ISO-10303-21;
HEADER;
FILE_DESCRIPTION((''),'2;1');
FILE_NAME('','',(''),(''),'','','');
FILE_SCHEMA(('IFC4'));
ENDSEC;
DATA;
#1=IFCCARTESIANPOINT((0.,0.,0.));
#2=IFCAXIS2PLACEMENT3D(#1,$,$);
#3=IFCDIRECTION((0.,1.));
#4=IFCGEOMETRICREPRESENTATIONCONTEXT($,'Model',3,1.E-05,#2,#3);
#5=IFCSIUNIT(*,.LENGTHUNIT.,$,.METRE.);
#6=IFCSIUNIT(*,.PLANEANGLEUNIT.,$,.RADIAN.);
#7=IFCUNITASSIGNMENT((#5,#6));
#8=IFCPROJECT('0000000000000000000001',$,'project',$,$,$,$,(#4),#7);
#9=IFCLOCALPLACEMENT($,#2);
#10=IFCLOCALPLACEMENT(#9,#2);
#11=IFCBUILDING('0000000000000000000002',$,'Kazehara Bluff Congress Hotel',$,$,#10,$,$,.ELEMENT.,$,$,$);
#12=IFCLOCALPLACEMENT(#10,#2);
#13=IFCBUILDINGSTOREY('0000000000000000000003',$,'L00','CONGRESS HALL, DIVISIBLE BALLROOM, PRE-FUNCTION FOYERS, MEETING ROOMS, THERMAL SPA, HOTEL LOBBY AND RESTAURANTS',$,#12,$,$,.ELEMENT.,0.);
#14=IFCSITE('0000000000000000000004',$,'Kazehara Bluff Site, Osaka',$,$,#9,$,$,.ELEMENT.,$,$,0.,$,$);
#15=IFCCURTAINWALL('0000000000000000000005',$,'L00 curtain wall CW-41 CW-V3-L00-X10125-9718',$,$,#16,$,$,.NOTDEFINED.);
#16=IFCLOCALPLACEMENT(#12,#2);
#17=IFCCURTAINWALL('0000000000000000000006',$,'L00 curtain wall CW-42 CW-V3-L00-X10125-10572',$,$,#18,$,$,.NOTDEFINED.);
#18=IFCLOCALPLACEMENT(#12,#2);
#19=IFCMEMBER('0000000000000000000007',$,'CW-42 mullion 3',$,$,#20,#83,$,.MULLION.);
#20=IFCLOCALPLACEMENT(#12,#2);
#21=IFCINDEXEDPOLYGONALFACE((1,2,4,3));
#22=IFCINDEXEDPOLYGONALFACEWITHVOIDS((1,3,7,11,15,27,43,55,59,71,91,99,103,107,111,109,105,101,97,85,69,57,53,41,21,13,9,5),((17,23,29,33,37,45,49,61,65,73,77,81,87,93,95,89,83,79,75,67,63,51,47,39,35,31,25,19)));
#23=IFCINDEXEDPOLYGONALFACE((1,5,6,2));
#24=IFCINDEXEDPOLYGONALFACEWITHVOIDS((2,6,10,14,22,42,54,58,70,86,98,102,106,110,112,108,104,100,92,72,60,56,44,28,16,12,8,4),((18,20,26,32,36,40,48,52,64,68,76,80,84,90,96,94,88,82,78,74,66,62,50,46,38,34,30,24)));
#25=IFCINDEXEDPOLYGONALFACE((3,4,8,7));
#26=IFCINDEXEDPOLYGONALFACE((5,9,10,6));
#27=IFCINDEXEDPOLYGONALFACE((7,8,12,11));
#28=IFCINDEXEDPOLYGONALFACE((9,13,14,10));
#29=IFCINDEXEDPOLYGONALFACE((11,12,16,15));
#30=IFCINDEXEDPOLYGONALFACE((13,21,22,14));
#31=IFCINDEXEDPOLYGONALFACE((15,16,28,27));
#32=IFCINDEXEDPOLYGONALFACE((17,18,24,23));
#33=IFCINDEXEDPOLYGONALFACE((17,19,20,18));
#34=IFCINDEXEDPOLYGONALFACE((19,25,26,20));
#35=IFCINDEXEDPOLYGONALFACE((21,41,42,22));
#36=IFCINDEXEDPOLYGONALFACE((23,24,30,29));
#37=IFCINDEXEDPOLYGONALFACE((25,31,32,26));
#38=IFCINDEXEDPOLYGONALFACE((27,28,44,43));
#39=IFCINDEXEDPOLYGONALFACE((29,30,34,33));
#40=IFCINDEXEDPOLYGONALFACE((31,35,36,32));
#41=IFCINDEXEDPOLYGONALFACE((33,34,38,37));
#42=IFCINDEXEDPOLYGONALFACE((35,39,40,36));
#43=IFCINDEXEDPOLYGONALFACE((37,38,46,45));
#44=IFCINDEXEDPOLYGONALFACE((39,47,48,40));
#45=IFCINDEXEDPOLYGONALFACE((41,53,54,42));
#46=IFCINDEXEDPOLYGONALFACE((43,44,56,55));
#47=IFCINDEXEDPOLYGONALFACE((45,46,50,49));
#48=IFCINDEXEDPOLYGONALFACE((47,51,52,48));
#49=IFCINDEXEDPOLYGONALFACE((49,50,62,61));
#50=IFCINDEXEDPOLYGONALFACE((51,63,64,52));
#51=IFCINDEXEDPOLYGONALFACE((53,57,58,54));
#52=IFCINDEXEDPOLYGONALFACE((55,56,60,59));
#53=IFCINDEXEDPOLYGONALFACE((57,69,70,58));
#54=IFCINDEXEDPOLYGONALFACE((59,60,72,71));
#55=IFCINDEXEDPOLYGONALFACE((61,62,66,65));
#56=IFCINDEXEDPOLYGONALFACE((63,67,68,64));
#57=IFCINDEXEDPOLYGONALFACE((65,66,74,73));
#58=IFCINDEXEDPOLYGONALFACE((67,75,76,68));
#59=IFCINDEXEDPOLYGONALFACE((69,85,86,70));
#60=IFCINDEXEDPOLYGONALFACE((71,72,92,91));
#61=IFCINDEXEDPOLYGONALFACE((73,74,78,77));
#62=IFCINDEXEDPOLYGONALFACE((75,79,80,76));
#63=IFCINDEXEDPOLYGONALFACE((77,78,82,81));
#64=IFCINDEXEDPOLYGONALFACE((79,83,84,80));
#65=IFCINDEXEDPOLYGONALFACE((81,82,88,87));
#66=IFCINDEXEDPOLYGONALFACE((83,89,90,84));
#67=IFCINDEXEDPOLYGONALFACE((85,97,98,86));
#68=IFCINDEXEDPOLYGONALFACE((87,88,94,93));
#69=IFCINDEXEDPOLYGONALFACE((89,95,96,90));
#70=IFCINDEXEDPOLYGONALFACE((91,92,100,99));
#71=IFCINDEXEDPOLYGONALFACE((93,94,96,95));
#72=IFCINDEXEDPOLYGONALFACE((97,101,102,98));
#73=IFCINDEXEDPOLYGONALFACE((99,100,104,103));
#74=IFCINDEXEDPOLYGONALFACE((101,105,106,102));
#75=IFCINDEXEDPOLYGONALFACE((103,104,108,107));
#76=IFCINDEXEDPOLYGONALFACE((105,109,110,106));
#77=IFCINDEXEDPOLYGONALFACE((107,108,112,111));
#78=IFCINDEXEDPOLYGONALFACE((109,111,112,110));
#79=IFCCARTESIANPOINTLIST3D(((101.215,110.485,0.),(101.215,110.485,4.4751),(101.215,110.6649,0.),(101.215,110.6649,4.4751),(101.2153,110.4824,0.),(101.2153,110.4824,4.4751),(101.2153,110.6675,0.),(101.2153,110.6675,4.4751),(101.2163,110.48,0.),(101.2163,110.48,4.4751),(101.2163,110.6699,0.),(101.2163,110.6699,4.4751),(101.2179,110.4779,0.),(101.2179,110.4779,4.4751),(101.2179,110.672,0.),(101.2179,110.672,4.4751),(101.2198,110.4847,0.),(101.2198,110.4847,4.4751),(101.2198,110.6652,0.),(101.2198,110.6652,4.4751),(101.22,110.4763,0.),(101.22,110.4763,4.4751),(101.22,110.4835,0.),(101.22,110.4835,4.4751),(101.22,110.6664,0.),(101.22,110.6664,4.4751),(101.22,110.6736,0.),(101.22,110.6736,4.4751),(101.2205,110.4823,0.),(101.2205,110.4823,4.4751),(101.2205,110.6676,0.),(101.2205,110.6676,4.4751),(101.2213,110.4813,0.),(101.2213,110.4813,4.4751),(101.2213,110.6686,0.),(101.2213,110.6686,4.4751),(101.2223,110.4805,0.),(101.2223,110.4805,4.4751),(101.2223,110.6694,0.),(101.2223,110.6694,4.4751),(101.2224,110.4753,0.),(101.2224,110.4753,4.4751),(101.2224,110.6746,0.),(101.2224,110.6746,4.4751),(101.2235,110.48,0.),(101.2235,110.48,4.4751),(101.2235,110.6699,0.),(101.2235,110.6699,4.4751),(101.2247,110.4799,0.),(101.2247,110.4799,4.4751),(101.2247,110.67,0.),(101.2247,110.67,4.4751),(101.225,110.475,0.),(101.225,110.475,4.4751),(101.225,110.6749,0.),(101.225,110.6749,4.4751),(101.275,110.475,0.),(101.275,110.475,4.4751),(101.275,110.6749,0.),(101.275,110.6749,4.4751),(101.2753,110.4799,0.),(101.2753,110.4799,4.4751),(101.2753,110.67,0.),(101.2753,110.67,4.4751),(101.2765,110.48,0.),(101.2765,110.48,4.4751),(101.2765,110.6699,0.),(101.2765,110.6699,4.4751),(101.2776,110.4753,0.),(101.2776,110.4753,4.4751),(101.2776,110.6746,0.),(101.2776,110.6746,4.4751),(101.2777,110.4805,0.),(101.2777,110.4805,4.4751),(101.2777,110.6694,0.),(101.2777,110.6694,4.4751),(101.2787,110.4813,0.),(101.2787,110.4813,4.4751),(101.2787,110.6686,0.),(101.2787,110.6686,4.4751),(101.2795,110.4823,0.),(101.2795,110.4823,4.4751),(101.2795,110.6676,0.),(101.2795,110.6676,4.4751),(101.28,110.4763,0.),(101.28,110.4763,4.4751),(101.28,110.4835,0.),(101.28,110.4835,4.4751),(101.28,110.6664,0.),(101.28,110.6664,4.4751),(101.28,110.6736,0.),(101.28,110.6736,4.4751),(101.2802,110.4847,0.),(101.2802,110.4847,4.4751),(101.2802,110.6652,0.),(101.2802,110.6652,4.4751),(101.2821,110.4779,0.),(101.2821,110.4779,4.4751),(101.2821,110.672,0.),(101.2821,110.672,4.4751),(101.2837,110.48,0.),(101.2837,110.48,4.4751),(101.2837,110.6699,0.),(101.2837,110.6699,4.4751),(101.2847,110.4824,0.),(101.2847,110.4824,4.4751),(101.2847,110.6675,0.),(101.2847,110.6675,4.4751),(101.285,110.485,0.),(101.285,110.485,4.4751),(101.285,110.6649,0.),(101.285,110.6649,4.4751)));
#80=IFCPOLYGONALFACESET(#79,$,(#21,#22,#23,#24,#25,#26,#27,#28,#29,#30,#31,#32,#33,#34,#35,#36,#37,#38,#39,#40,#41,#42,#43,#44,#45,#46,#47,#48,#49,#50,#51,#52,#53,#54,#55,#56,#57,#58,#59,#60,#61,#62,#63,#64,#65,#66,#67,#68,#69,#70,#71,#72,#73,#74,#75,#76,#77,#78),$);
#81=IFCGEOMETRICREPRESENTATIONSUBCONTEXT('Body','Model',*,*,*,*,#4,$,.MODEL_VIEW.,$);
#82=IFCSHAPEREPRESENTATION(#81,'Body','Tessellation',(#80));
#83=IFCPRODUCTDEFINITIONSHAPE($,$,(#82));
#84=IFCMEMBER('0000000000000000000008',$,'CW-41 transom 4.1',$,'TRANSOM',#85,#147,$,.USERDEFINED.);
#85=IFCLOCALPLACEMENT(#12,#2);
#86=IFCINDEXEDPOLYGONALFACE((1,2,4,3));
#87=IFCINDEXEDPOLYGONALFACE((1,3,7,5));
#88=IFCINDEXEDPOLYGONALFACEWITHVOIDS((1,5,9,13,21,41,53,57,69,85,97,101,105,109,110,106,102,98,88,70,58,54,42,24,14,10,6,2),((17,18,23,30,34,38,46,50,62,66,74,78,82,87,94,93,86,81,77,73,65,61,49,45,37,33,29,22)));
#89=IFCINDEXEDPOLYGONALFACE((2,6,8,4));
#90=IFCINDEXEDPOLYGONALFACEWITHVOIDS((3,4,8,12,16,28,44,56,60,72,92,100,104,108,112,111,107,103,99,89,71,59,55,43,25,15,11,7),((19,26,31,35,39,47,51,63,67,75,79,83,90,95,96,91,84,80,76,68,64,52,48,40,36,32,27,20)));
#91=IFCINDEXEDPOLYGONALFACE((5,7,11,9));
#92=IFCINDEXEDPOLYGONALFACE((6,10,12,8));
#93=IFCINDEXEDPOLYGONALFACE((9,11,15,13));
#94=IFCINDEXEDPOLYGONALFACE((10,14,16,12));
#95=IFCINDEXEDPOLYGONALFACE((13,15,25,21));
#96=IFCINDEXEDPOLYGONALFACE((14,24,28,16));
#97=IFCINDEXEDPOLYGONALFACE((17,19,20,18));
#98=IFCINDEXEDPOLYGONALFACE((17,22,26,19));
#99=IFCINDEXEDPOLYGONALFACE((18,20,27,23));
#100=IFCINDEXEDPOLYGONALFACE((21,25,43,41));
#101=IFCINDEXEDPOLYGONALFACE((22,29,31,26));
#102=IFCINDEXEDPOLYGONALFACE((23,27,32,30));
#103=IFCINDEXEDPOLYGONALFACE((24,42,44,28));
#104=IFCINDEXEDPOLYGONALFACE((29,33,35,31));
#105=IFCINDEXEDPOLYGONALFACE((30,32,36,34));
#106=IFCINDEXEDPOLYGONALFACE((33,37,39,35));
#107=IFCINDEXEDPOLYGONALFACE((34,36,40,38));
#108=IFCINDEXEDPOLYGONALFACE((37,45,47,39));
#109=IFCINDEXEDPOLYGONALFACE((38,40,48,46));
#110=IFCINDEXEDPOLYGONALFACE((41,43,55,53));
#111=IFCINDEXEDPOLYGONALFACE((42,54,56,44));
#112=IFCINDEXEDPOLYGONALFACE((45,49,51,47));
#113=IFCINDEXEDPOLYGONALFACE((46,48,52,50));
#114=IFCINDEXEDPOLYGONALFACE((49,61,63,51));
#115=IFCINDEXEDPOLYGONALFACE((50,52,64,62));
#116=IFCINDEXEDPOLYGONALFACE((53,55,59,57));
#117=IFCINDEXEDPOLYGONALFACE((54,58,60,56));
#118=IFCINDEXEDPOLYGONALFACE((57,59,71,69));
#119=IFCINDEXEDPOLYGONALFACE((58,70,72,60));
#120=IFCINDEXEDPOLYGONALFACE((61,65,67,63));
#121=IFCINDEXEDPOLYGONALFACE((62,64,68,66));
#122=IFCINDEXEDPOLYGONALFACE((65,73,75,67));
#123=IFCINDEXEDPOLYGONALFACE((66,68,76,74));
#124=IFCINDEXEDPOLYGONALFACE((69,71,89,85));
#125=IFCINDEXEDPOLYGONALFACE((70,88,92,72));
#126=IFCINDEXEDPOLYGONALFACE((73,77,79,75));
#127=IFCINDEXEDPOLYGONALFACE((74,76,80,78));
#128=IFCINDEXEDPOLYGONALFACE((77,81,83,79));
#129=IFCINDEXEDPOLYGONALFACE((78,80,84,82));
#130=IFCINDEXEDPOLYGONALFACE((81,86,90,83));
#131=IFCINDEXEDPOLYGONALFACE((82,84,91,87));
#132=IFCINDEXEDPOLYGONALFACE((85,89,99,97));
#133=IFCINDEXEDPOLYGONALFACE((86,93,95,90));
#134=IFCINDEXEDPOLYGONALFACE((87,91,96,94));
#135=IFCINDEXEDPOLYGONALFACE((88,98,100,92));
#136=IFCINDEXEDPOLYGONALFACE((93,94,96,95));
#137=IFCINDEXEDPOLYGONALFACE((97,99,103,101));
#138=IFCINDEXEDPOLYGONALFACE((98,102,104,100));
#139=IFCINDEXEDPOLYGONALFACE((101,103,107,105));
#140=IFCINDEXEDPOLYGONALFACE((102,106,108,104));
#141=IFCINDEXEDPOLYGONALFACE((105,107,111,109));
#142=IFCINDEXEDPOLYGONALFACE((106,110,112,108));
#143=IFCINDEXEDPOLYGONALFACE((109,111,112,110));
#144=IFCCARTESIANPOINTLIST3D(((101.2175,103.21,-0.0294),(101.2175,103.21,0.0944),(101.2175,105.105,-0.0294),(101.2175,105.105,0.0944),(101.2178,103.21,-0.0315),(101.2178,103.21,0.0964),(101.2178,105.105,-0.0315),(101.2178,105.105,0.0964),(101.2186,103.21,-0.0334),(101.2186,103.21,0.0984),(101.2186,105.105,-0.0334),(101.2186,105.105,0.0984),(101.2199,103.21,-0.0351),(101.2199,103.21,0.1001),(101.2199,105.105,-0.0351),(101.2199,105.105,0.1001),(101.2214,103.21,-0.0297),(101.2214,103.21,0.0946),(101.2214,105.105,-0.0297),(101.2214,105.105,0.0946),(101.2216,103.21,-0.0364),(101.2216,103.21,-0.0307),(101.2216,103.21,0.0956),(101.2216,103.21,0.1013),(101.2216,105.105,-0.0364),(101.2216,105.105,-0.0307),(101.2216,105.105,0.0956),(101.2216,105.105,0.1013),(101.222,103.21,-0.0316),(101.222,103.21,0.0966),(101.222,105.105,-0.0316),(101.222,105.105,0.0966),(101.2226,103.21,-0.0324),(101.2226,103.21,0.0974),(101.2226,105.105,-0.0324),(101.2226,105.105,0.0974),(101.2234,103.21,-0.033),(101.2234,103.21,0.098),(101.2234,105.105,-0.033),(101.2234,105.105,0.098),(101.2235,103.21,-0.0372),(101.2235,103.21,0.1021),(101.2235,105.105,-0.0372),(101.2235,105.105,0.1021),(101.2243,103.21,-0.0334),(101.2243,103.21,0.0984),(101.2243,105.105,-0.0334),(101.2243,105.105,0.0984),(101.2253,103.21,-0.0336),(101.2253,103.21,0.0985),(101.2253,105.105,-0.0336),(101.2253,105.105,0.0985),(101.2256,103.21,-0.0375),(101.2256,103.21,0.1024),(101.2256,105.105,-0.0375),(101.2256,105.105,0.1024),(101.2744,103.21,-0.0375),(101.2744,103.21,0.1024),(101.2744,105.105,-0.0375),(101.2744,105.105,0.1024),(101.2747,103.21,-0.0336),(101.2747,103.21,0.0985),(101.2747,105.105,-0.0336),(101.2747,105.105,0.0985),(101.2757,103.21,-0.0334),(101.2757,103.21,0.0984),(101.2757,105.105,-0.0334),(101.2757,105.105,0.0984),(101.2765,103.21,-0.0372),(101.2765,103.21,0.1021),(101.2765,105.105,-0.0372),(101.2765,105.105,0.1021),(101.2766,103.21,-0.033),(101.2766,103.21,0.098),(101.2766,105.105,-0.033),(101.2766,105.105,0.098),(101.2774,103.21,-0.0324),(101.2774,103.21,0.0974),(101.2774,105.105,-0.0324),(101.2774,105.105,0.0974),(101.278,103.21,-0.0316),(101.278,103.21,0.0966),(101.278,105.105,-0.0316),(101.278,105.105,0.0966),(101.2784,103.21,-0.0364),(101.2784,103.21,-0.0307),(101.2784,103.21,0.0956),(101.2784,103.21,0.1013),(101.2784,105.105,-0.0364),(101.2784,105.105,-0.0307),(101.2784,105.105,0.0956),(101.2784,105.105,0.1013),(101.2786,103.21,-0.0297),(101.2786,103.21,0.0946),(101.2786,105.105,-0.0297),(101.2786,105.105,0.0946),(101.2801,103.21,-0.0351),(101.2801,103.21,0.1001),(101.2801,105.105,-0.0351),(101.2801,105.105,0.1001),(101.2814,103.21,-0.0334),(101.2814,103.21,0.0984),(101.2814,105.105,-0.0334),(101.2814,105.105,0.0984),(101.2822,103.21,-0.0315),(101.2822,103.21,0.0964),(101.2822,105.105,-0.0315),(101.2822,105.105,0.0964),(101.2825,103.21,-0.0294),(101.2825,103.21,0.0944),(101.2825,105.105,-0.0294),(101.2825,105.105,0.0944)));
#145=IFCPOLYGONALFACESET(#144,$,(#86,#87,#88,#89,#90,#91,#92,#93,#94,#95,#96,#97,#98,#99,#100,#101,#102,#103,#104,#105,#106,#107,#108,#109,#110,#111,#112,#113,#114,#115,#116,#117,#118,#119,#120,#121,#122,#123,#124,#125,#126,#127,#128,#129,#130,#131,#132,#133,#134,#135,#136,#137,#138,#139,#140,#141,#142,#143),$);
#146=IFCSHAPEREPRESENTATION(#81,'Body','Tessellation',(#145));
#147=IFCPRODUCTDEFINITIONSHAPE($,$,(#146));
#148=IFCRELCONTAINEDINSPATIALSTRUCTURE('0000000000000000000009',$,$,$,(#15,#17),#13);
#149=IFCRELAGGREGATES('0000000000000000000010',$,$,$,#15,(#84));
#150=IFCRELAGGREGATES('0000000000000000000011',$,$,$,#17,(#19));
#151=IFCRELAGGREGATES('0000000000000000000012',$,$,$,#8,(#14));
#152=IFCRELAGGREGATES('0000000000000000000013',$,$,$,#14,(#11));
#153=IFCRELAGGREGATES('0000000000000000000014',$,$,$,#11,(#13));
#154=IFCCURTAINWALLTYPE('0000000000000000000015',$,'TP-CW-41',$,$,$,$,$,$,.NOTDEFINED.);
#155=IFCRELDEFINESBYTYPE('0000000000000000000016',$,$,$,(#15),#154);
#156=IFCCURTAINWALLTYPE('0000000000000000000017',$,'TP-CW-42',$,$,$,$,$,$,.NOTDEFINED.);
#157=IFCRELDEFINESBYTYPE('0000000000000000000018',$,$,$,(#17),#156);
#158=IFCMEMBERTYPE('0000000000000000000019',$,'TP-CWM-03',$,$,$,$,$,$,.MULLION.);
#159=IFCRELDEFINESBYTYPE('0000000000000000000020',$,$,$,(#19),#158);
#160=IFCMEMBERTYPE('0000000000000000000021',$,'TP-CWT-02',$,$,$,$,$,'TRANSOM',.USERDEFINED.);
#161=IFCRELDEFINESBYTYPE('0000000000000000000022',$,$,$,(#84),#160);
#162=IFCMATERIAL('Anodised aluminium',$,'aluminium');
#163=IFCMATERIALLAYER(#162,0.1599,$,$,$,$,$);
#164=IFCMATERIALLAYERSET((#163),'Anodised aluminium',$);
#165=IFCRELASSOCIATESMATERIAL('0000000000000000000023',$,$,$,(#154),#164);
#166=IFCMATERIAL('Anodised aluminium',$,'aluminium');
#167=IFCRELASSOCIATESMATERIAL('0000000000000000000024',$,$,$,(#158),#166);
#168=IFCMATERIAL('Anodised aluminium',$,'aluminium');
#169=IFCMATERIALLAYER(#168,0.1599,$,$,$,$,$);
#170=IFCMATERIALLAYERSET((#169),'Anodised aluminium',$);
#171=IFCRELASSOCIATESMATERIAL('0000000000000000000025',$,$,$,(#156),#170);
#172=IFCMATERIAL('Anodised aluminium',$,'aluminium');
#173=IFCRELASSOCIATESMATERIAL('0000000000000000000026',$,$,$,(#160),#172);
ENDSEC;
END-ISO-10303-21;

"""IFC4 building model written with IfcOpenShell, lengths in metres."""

from ifc_helpers import new_model, si_unit, direction, frame, origin, origin_2d, place, context, subcontext, project, spatial, hollow_rectangle, extrude, material, layer, layer_set, material_profile, profile_set, type_object, element, aggregate, save


model = new_model("IFC4")

# Units and contexts
model_context = context("Model", 3, precision=1e-05, world=origin(), true_north=direction((0.0, 1.0)))
body_context = subcontext(model_context, "Body", "Model", "MODEL_VIEW")
ifc_project = project(units=[si_unit("LENGTHUNIT", "METRE"), si_unit("PLANEANGLEUNIT", "RADIAN")], contexts=[model_context])

# Site, building, storey
site_placement = place(None, origin())
site = spatial("IfcSite", under=ifc_project, at=site_placement, Name="Kazehara Bluff Site, Osaka", CompositionType="ELEMENT", RefElevation=0.0)
building_placement = place(site_placement, origin())
building = spatial("IfcBuilding", under=site, at=building_placement, Name="Kazehara Bluff Congress Hotel", CompositionType="ELEMENT")
storey_placement = place(building_placement, origin())
storey = spatial("IfcBuildingStorey", under=building, at=storey_placement, Name="L00", Description="CONGRESS HALL, DIVISIBLE BALLROOM, PRE-FUNCTION FOYERS, MEETING ROOMS, THERMAL SPA, HOTEL LOBBY AND RESTAURANTS", CompositionType="ELEMENT", Elevation=0.0)

# Curtain walls, member
ifc_material_1 = material(Name="Anodised aluminium", Category="aluminium")
ifc_layer_1 = layer(ifc_material_1, 0.1599)
ifc_layer_set_1 = layer_set([ifc_layer_1], Name="Anodised aluminium")
curtain_wall_type_1 = type_object("IfcCurtainWallType", Name="TP-CW-41", PredefinedType="NOTDEFINED", material=ifc_layer_set_1)
curtain_wall_1_placement = place(storey_placement, origin())
curtain_wall_1 = element("IfcCurtainWall", 1, at=curtain_wall_1_placement, inside=storey, type_object=curtain_wall_type_1, Name="L00 curtain wall CW-41 CW-V3-L00-X10125-9718", PredefinedType="NOTDEFINED")
ifc_material_2 = material(Name="Anodised aluminium", Category="aluminium")
ifc_material_profile_1 = material_profile(ifc_material_2, hollow_rectangle(XDim=0.0701, YDim=0.2, WallThickness=0.0049, InnerFilletRadius=0.0049, OuterFilletRadius=0.01, at=origin_2d()))
ifc_profile_set_1 = profile_set([ifc_material_profile_1], Name="Anodised aluminium")
member_type_1 = type_object("IfcMemberType", Name="TP-CWM-03", PredefinedType="MULLION", material=ifc_profile_set_1)
ifc_material_3 = material(Name="Anodised aluminium", Category="aluminium")
ifc_layer_2 = layer(ifc_material_3, 0.1599)
ifc_layer_set_2 = layer_set([ifc_layer_2], Name="Anodised aluminium")
curtain_wall_type_2 = type_object("IfcCurtainWallType", Name="TP-CW-42", PredefinedType="NOTDEFINED", material=ifc_layer_set_2)
curtain_wall_2_placement = place(storey_placement, origin())
curtain_wall_2 = element("IfcCurtainWall", 2, at=curtain_wall_2_placement, inside=storey, type_object=curtain_wall_type_2, Name="L00 curtain wall CW-42 CW-V3-L00-X10125-10572", PredefinedType="NOTDEFINED")
member_1_placement = place(storey_placement, frame((101.25, 110.575, 0.0), z_axis=(0.0, 0.0, 1.0), x_axis=(-1.0, 0.0, 0.0)))
member_1 = element("IfcMember", 3, at=member_1_placement, type_object=member_type_1, Name="CW-42 mullion 3", PredefinedType="MULLION", context=body_context, shape_type="SweptSolid", body=[
    extrude(hollow_rectangle(XDim=0.0701, YDim=0.2, WallThickness=0.0049, InnerFilletRadius=0.0049, OuterFilletRadius=0.01, at=origin_2d()), origin(), (0.0, 0.0, 1.0), 4.4751),
])

# Member
ifc_material_4 = material(Name="Anodised aluminium", Category="aluminium")
ifc_material_profile_2 = material_profile(ifc_material_4, hollow_rectangle(XDim=0.0649, YDim=0.1399, WallThickness=0.0039, InnerFilletRadius=0.0039, OuterFilletRadius=0.0081, at=origin_2d()))
ifc_profile_set_2 = profile_set([ifc_material_profile_2], Name="Anodised aluminium")
member_type_2 = type_object("IfcMemberType", Name="TP-CWT-02", ElementType="TRANSOM", PredefinedType="USERDEFINED", material=ifc_profile_set_2)
member_2_placement = place(storey_placement, frame((101.25, 103.21, 0.0325), z_axis=(0.0, 1.0, 0.0), x_axis=(-1.0, 0.0, 0.0)))
member_2 = element("IfcMember", 4, at=member_2_placement, type_object=member_type_2, Name="CW-41 transom 4.1", ObjectType="TRANSOM", PredefinedType="USERDEFINED", context=body_context, shape_type="SweptSolid", body=[
    extrude(hollow_rectangle(XDim=0.0649, YDim=0.1399, WallThickness=0.0039, InnerFilletRadius=0.0039, OuterFilletRadius=0.0081, at=origin_2d()), origin(), (0.0, 0.0, 1.0), 1.895),
])

aggregate(curtain_wall_1, [member_2])
aggregate(curtain_wall_2, [member_1])

save(model, "model.ifc")
